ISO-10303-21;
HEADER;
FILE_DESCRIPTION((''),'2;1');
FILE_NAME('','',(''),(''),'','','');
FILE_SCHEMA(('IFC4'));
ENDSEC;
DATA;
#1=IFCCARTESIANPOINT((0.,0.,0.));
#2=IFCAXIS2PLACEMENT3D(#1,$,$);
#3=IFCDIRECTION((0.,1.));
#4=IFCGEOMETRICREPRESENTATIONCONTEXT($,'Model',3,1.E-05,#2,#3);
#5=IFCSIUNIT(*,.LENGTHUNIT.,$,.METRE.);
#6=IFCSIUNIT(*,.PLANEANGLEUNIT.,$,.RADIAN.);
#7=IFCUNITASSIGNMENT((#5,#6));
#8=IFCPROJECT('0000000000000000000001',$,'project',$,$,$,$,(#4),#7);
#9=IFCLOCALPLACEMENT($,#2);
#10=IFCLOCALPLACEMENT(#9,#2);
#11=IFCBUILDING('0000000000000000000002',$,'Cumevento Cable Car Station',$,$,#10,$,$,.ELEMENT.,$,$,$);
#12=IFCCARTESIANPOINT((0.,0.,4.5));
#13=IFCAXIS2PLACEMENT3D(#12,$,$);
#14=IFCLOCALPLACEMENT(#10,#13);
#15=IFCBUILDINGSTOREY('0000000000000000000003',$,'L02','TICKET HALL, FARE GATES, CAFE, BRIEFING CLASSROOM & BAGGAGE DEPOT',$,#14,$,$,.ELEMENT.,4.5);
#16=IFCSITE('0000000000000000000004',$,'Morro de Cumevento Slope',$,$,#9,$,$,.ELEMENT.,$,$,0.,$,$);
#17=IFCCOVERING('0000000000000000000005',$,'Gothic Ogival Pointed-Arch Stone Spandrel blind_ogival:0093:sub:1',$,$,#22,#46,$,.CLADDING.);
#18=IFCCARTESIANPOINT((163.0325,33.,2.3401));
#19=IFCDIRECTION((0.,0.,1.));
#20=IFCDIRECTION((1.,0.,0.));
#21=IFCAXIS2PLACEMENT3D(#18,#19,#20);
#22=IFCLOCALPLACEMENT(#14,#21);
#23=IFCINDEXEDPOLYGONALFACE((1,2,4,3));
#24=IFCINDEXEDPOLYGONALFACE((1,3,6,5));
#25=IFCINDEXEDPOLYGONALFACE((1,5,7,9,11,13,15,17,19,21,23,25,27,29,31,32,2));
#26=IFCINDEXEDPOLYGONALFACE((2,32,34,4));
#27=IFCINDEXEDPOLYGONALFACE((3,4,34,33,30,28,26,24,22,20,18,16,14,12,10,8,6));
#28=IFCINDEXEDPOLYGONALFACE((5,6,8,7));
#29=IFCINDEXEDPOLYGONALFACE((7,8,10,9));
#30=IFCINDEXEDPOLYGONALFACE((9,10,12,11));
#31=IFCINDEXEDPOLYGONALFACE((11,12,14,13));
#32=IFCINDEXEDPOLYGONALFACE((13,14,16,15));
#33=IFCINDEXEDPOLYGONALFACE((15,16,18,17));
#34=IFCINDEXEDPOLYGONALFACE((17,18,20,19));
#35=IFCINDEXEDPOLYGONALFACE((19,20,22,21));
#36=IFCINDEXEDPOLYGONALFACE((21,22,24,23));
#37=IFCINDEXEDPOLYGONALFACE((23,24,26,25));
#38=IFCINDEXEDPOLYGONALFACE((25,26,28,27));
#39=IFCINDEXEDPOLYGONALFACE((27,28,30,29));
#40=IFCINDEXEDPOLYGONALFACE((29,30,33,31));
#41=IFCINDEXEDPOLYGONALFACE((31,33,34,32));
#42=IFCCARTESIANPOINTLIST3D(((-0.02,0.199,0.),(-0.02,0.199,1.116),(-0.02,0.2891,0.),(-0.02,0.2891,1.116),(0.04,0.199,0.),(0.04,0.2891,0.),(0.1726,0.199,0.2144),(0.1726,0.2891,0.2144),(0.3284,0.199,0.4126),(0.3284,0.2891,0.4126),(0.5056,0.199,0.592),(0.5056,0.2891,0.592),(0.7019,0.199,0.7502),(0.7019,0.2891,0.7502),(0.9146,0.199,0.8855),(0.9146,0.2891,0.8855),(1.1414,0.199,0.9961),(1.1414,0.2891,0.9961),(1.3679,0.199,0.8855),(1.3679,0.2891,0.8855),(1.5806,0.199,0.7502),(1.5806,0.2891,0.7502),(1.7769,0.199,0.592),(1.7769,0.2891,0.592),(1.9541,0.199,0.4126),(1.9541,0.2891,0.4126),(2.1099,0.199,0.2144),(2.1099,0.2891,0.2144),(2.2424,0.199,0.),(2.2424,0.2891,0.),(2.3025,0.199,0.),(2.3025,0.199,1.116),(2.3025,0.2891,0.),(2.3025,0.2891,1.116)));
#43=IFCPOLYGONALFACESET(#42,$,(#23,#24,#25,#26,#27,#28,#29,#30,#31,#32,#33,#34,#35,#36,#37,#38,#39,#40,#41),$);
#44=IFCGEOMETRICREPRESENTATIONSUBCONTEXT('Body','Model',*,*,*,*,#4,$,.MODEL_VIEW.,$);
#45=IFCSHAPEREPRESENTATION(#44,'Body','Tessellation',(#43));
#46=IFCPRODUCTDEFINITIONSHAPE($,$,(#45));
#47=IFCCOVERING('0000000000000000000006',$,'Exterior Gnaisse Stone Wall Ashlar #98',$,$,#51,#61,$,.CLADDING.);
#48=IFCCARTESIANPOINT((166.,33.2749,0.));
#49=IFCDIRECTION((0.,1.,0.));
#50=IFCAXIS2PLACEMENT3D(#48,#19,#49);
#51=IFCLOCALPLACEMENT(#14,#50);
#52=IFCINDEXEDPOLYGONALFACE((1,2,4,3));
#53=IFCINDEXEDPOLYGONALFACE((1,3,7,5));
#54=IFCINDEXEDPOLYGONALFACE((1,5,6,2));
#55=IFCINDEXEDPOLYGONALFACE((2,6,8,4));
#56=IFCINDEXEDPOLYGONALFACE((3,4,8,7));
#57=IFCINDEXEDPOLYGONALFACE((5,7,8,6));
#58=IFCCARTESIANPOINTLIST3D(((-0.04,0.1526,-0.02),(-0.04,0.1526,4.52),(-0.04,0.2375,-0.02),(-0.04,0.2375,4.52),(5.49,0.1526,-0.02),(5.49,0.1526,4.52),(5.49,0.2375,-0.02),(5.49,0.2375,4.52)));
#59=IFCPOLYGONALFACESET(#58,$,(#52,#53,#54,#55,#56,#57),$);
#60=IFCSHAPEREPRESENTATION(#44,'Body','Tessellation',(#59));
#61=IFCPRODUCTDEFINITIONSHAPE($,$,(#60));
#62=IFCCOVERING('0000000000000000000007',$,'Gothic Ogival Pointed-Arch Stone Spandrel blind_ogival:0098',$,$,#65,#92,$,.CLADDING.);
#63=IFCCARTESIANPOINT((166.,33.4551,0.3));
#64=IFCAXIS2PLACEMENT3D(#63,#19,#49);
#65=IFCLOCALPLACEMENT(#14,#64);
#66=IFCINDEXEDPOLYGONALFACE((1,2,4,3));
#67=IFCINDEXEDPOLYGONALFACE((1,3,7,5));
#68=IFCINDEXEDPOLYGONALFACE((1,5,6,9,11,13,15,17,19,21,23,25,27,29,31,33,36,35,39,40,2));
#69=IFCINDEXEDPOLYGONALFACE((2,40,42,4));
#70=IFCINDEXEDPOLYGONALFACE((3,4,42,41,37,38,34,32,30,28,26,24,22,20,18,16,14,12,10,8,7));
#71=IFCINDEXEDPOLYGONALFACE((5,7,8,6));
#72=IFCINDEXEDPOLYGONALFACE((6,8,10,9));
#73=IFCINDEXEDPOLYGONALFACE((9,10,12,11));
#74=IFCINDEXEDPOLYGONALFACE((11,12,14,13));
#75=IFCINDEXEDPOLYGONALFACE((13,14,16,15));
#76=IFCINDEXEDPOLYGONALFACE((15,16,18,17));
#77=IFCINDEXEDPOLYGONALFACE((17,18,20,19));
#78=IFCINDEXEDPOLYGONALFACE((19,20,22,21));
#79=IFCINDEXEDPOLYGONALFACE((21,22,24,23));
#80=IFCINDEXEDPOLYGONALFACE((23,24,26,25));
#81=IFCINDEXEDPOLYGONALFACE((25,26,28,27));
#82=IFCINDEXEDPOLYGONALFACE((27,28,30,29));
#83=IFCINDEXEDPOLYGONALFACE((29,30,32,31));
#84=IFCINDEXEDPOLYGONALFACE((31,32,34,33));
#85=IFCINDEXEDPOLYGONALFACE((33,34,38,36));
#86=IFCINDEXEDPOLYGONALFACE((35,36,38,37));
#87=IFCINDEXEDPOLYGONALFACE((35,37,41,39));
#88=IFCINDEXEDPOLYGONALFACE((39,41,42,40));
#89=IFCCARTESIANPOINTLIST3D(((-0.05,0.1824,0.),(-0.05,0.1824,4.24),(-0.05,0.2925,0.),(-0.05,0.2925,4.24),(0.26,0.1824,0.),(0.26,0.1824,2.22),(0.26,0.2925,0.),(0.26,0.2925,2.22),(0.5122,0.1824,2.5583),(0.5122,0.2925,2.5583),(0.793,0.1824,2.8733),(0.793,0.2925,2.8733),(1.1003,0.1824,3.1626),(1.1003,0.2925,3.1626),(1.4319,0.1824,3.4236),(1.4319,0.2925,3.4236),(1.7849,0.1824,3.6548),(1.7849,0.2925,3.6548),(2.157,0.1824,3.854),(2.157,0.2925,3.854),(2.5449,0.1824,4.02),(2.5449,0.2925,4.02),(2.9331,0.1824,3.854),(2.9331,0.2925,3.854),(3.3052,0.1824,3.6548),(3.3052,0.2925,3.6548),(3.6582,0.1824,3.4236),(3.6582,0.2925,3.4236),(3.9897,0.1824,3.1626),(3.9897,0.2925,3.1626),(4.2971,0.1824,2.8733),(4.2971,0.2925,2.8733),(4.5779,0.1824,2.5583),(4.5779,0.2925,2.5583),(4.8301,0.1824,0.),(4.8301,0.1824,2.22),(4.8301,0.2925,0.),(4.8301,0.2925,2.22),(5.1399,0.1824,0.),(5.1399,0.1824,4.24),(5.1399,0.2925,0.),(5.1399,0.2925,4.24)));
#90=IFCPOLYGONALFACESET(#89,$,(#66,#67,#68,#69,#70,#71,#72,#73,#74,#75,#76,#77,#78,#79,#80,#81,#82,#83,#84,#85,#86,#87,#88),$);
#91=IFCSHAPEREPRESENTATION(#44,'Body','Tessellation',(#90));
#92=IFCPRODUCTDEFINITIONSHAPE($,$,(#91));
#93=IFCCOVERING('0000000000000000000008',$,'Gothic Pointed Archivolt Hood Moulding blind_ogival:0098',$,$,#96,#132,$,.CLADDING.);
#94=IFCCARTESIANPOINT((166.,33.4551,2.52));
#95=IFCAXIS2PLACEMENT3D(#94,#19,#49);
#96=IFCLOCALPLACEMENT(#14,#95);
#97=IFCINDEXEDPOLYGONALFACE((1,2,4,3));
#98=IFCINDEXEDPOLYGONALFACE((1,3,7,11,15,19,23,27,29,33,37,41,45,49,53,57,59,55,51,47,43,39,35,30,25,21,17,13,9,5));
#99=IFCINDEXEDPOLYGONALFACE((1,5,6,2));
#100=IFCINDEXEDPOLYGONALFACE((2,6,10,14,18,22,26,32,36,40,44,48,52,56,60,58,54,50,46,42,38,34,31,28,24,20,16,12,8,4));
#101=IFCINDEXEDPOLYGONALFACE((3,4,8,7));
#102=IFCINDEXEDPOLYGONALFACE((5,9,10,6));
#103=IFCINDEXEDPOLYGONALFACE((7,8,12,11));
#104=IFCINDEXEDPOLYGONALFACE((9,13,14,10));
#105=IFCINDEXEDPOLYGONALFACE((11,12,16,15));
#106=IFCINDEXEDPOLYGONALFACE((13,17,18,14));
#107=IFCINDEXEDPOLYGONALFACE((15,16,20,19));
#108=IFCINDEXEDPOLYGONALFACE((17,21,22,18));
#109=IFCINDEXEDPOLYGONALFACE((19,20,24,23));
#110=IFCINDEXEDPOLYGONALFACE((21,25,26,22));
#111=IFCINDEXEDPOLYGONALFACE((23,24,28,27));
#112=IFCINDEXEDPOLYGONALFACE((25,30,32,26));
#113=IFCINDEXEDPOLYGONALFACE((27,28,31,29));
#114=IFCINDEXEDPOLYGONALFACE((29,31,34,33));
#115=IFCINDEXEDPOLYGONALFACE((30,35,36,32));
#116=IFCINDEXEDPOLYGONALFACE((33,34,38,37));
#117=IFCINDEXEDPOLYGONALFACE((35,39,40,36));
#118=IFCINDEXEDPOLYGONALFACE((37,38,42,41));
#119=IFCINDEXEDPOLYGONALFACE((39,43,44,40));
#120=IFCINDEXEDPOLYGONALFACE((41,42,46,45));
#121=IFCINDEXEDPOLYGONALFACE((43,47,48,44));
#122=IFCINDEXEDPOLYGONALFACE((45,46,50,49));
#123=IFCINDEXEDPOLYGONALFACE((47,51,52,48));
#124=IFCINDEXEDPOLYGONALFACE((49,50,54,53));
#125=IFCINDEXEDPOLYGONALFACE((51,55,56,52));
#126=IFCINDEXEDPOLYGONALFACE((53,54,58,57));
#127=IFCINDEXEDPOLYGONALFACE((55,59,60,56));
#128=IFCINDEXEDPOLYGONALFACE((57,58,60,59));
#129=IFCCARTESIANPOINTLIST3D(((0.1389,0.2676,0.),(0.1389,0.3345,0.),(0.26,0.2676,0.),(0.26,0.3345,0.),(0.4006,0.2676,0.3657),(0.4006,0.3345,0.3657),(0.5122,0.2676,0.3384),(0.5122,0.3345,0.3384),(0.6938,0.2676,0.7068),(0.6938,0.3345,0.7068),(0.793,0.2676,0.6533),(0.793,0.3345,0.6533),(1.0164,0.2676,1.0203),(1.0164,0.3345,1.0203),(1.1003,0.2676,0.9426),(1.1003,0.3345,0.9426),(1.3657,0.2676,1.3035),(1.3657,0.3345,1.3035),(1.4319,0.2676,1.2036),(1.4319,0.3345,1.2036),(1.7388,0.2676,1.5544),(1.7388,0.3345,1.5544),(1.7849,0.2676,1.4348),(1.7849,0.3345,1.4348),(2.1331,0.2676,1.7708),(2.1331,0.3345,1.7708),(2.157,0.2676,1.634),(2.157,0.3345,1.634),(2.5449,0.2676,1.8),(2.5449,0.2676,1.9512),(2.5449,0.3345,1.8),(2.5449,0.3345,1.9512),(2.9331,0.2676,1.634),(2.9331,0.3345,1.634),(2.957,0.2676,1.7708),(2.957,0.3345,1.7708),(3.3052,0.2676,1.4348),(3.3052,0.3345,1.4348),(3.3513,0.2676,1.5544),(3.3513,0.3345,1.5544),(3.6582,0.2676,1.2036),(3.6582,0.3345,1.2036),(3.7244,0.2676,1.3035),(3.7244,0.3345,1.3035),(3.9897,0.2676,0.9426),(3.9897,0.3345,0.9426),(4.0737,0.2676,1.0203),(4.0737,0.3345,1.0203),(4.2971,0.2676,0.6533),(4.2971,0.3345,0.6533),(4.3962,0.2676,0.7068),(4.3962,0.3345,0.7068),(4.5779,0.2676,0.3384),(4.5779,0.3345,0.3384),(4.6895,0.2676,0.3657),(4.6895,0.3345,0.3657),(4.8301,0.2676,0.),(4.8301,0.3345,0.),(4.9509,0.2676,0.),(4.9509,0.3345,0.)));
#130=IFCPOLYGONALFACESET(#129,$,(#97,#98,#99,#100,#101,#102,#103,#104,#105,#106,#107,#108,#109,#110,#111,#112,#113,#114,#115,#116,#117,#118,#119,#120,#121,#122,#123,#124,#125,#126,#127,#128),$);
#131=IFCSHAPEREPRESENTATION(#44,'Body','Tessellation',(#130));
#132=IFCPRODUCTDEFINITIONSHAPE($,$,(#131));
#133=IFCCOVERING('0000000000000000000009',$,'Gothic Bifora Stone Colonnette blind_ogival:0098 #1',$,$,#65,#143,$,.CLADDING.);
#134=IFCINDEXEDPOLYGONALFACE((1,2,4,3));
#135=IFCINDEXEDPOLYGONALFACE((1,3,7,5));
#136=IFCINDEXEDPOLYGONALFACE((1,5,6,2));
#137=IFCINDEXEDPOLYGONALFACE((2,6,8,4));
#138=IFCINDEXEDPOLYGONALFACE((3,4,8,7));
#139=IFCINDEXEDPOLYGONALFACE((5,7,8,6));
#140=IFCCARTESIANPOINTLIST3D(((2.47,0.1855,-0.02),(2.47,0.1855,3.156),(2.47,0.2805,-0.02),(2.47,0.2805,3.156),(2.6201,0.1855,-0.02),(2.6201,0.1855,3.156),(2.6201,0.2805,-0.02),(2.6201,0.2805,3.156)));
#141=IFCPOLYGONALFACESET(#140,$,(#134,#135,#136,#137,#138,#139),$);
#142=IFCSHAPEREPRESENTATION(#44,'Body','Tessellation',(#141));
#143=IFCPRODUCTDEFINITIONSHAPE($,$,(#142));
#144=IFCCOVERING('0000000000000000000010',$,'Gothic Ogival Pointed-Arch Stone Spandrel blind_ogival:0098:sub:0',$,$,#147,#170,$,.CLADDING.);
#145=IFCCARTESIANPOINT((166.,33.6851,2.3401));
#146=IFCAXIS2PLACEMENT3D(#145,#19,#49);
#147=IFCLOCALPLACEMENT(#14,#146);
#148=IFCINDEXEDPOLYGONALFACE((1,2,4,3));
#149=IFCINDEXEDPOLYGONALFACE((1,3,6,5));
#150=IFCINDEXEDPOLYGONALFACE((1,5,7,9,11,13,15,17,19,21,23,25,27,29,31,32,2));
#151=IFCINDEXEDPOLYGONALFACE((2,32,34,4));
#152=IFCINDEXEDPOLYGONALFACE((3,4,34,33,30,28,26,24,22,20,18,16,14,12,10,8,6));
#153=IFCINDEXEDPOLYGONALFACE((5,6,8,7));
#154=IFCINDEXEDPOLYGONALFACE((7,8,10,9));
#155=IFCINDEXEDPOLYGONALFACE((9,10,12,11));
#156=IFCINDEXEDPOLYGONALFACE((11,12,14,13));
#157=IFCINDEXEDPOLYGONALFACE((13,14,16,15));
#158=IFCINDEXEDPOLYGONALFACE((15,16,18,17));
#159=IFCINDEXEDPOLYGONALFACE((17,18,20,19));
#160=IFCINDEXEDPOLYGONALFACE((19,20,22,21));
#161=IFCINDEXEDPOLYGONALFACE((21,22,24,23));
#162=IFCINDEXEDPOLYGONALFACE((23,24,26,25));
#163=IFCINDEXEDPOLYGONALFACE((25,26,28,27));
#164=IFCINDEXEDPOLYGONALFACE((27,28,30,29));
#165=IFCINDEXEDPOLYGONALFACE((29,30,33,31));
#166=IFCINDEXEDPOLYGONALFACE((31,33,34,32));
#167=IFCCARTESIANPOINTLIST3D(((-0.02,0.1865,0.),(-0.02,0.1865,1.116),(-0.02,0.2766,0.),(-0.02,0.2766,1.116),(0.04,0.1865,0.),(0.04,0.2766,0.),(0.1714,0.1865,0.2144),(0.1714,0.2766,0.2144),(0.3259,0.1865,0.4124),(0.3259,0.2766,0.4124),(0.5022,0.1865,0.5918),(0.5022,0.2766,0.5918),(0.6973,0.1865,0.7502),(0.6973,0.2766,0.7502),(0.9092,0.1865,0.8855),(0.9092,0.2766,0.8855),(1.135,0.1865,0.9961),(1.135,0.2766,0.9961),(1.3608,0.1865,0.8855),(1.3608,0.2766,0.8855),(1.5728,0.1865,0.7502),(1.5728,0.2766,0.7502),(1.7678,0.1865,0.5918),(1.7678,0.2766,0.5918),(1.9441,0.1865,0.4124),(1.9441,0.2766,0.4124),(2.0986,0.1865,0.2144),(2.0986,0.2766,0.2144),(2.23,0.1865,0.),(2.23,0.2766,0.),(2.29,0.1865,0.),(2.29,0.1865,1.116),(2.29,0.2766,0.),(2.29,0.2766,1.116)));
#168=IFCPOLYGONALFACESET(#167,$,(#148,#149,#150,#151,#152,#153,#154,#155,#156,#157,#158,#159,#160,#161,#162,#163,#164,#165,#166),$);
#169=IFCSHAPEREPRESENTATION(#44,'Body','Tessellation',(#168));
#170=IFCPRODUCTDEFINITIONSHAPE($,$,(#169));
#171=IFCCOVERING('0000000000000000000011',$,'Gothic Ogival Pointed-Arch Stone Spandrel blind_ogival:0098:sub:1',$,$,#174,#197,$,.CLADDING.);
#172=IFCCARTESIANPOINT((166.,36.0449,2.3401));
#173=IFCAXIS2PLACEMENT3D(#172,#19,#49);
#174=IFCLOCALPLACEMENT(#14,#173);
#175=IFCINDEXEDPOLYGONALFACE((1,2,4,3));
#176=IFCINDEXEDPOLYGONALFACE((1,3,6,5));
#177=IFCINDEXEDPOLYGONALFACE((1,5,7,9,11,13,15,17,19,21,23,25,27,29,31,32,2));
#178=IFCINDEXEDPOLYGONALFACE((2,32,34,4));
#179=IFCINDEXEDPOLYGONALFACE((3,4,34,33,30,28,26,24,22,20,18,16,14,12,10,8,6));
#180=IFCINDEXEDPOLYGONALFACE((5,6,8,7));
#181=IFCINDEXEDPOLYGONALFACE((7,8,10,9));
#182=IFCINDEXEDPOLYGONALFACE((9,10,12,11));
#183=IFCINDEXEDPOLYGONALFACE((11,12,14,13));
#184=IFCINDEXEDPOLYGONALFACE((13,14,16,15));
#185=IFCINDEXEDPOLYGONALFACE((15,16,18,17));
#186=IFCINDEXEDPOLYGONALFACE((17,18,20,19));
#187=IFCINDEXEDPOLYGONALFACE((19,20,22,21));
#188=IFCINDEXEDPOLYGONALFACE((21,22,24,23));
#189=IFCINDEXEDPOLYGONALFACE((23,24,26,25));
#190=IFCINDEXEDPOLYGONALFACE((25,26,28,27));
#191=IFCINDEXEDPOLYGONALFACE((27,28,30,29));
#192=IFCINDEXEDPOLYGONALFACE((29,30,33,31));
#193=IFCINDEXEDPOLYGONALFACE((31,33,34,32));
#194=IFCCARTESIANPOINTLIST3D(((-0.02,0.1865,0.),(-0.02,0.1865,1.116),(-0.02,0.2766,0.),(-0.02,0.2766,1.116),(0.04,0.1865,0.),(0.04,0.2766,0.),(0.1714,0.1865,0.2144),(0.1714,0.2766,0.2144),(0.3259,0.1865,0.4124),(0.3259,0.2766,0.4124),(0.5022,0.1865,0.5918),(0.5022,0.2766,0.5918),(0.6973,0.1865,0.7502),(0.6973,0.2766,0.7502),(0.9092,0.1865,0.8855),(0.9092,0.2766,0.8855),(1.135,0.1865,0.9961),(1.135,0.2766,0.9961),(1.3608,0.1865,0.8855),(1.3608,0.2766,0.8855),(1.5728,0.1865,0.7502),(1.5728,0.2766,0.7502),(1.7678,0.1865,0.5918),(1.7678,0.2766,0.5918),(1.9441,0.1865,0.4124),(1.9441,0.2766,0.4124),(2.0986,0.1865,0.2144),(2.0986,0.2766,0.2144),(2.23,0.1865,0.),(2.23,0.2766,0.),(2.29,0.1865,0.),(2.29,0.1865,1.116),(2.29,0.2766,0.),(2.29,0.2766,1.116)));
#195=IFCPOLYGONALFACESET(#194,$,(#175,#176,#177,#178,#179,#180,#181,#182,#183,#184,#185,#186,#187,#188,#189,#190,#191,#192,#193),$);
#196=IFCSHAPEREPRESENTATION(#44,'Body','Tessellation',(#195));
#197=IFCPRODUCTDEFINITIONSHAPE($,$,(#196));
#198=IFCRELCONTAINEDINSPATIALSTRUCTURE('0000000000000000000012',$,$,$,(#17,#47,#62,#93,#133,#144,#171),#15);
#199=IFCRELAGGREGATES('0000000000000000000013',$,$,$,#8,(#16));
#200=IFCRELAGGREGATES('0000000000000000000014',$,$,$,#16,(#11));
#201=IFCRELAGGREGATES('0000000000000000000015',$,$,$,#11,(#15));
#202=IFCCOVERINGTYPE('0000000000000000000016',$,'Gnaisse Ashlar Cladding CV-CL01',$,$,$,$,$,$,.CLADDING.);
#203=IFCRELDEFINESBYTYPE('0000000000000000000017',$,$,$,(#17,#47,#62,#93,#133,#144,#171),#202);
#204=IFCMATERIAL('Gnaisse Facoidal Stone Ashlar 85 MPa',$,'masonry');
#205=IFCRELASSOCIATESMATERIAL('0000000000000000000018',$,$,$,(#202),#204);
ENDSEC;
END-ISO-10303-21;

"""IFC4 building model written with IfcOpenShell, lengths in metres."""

from ifc_helpers import new_model, si_unit, direction, frame, origin, place, context, subcontext, project, spatial, polyline, outline, extrude, material, type_object, element, save


model = new_model("IFC4")

# Units and contexts
model_context = context("Model", 3, precision=1e-05, world=origin(), true_north=direction((0.0, 1.0)))
body_context = subcontext(model_context, "Body", "Model", "MODEL_VIEW")
ifc_project = project(units=[si_unit("LENGTHUNIT", "METRE"), si_unit("PLANEANGLEUNIT", "RADIAN")], contexts=[model_context])

# Site, building, storey
site_placement = place(None, origin())
site = spatial("IfcSite", under=ifc_project, at=site_placement, Name="Morro de Cumevento Slope", CompositionType="ELEMENT", RefElevation=0.0)
building_placement = place(site_placement, origin())
building = spatial("IfcBuilding", under=site, at=building_placement, Name="Cumevento Cable Car Station", CompositionType="ELEMENT")
storey_placement = place(building_placement, frame((0.0, 0.0, 4.5)))
storey = spatial("IfcBuildingStorey", under=building, at=storey_placement, Name="L02", Description="TICKET HALL, FARE GATES, CAFE, BRIEFING CLASSROOM & BAGGAGE DEPOT", CompositionType="ELEMENT", Elevation=4.5)

# Coverings
ifc_material_1 = material(Name="Gnaisse Facoidal Stone Ashlar 85 MPa", Category="masonry")
covering_type = type_object("IfcCoveringType", Name="Gnaisse Ashlar Cladding CV-CL01", PredefinedType="CLADDING", material=ifc_material_1)
covering_1_placement = place(storey_placement, frame((163.0325, 33.0, 2.3401), z_axis=(0.0, 0.0, 1.0), x_axis=(1.0, 0.0, 0.0)))
element("IfcCovering", 1, at=covering_1_placement, inside=storey, type_object=covering_type, Name="Gothic Ogival Pointed-Arch Stone Spandrel blind_ogival:0093:sub:1", PredefinedType="CLADDING", context=body_context, shape_type="SweptSolid", body=[
    extrude(outline(polyline([(-0.02, 0.0), (-0.02, 1.116), (2.3025, 1.116), (2.3025, 0.0), (2.2424, 0.0), (2.1099, 0.2144), (1.9541, 0.4126), (1.7769, 0.592), (1.5806, 0.7502), (1.3679, 0.8855), (1.1414, 0.9961), (0.9146, 0.8855), (0.7019, 0.7502), (0.5056, 0.592), (0.3284, 0.4126), (0.1726, 0.2144), (0.04, 0.0), (-0.02, 0.0)])), frame((0.0, 0.2891, 0.0), z_axis=(0.0, -1.0, 0.0), x_axis=(1.0, 0.0, 0.0)), (0.0, 0.0, 1.0), 0.0901),
])
covering_2_placement = place(storey_placement, frame((166.0, 33.2749, 0.0), z_axis=(0.0, 0.0, 1.0), x_axis=(0.0, 1.0, 0.0)))
element("IfcCovering", 2, at=covering_2_placement, inside=storey, type_object=covering_type, Name="Exterior Gnaisse Stone Wall Ashlar #98", PredefinedType="CLADDING", context=body_context, shape_type="SweptSolid", body=[
    extrude(outline(polyline([(-0.04, -0.02), (5.49, -0.02), (5.49, 4.52), (-0.04, 4.52), (-0.04, -0.02)])), frame((0.0, 0.2375, 0.0), z_axis=(0.0, -1.0, 0.0), x_axis=(1.0, 0.0, 0.0)), (0.0, 0.0, 1.0), 0.085),
])
placement = place(storey_placement, frame((166.0, 33.4551, 0.3), z_axis=(0.0, 0.0, 1.0), x_axis=(0.0, 1.0, 0.0)))
element("IfcCovering", 3, at=placement, inside=storey, type_object=covering_type, Name="Gothic Ogival Pointed-Arch Stone Spandrel blind_ogival:0098", PredefinedType="CLADDING", context=body_context, shape_type="SweptSolid", body=[
    extrude(outline(polyline([(-0.05, 0.0), (-0.05, 4.24), (5.1399, 4.24), (5.1399, 0.0), (4.8301, 0.0), (4.8301, 2.22), (4.5779, 2.5583), (4.2971, 2.8733), (3.9897, 3.1626), (3.6582, 3.4236), (3.3052, 3.6548), (2.9331, 3.854), (2.5449, 4.02), (2.157, 3.854), (1.7849, 3.6548), (1.4319, 3.4236), (1.1003, 3.1626), (0.793, 2.8733), (0.5122, 2.5583), (0.26, 2.22), (0.26, 0.0), (-0.05, 0.0)])), frame((0.0, 0.2925, 0.0), z_axis=(0.0, -1.0, 0.0), x_axis=(1.0, 0.0, 0.0)), (0.0, 0.0, 1.0), 0.1101),
])
covering_3_placement = place(storey_placement, frame((166.0, 33.4551, 2.52), z_axis=(0.0, 0.0, 1.0), x_axis=(0.0, 1.0, 0.0)))
element("IfcCovering", 4, at=covering_3_placement, inside=storey, type_object=covering_type, Name="Gothic Pointed Archivolt Hood Moulding blind_ogival:0098", PredefinedType="CLADDING", context=body_context, shape_type="SweptSolid", body=[
    extrude(outline(polyline([(0.26, 0.0), (0.5122, 0.3384), (0.793, 0.6533), (1.1003, 0.9426), (1.4319, 1.2036), (1.7849, 1.4348), (2.157, 1.634), (2.5449, 1.8), (2.9331, 1.634), (3.3052, 1.4348), (3.6582, 1.2036), (3.9897, 0.9426), (4.2971, 0.6533), (4.5779, 0.3384), (4.8301, 0.0), (4.9509, 0.0), (4.6895, 0.3657), (4.3962, 0.7068), (4.0737, 1.0203), (3.7244, 1.3035), (3.3513, 1.5544), (2.957, 1.7708), (2.5449, 1.9512), (2.1331, 1.7708), (1.7388, 1.5544), (1.3657, 1.3035), (1.0164, 1.0203), (0.6938, 0.7068), (0.4006, 0.3657), (0.1389, 0.0), (0.26, 0.0)])), frame((0.0, 0.3345, 0.0), z_axis=(0.0, -1.0, 0.0), x_axis=(1.0, 0.0, 0.0)), (0.0, 0.0, 1.0), 0.0669),
])
element("IfcCovering", 5, at=placement, inside=storey, type_object=covering_type, Name="Gothic Bifora Stone Colonnette blind_ogival:0098 #1", PredefinedType="CLADDING", context=body_context, shape_type="SweptSolid", body=[
    extrude(outline(polyline([(2.47, -0.02), (2.6201, -0.02), (2.6201, 3.156), (2.47, 3.156), (2.47, -0.02)])), frame((0.0, 0.2805, 0.0), z_axis=(0.0, -1.0, 0.0), x_axis=(1.0, 0.0, 0.0)), (0.0, 0.0, 1.0), 0.095),
])
for number, where, z_axis, x_axis, name in (
    (6, (166.0, 33.6851, 2.3401), (0.0, 0.0, 1.0), (0.0, 1.0, 0.0), "Gothic Ogival Pointed-Arch Stone Spandrel blind_ogival:0098:sub:0"),
    (7, (166.0, 36.0449, 2.3401), (0.0, 0.0, 1.0), (0.0, 1.0, 0.0), "Gothic Ogival Pointed-Arch Stone Spandrel blind_ogival:0098:sub:1"),
):
    element("IfcCovering", number, at=place(storey_placement, frame(where, z_axis=z_axis, x_axis=x_axis)), inside=storey, type_object=covering_type, Name=name, PredefinedType="CLADDING", context=body_context, shape_type="SweptSolid", body=[
        extrude(outline(polyline([(-0.02, 0.0), (-0.02, 1.116), (2.29, 1.116), (2.29, 0.0), (2.23, 0.0), (2.0986, 0.2144), (1.9441, 0.4124), (1.7678, 0.5918), (1.5728, 0.7502), (1.3608, 0.8855), (1.135, 0.9961), (0.9092, 0.8855), (0.6973, 0.7502), (0.5022, 0.5918), (0.3259, 0.4124), (0.1714, 0.2144), (0.04, 0.0), (-0.02, 0.0)])), frame((0.0, 0.2766, 0.0), z_axis=(0.0, -1.0, 0.0), x_axis=(1.0, 0.0, 0.0)), (0.0, 0.0, 1.0), 0.0901),
    ])

save(model, "model.ifc")
